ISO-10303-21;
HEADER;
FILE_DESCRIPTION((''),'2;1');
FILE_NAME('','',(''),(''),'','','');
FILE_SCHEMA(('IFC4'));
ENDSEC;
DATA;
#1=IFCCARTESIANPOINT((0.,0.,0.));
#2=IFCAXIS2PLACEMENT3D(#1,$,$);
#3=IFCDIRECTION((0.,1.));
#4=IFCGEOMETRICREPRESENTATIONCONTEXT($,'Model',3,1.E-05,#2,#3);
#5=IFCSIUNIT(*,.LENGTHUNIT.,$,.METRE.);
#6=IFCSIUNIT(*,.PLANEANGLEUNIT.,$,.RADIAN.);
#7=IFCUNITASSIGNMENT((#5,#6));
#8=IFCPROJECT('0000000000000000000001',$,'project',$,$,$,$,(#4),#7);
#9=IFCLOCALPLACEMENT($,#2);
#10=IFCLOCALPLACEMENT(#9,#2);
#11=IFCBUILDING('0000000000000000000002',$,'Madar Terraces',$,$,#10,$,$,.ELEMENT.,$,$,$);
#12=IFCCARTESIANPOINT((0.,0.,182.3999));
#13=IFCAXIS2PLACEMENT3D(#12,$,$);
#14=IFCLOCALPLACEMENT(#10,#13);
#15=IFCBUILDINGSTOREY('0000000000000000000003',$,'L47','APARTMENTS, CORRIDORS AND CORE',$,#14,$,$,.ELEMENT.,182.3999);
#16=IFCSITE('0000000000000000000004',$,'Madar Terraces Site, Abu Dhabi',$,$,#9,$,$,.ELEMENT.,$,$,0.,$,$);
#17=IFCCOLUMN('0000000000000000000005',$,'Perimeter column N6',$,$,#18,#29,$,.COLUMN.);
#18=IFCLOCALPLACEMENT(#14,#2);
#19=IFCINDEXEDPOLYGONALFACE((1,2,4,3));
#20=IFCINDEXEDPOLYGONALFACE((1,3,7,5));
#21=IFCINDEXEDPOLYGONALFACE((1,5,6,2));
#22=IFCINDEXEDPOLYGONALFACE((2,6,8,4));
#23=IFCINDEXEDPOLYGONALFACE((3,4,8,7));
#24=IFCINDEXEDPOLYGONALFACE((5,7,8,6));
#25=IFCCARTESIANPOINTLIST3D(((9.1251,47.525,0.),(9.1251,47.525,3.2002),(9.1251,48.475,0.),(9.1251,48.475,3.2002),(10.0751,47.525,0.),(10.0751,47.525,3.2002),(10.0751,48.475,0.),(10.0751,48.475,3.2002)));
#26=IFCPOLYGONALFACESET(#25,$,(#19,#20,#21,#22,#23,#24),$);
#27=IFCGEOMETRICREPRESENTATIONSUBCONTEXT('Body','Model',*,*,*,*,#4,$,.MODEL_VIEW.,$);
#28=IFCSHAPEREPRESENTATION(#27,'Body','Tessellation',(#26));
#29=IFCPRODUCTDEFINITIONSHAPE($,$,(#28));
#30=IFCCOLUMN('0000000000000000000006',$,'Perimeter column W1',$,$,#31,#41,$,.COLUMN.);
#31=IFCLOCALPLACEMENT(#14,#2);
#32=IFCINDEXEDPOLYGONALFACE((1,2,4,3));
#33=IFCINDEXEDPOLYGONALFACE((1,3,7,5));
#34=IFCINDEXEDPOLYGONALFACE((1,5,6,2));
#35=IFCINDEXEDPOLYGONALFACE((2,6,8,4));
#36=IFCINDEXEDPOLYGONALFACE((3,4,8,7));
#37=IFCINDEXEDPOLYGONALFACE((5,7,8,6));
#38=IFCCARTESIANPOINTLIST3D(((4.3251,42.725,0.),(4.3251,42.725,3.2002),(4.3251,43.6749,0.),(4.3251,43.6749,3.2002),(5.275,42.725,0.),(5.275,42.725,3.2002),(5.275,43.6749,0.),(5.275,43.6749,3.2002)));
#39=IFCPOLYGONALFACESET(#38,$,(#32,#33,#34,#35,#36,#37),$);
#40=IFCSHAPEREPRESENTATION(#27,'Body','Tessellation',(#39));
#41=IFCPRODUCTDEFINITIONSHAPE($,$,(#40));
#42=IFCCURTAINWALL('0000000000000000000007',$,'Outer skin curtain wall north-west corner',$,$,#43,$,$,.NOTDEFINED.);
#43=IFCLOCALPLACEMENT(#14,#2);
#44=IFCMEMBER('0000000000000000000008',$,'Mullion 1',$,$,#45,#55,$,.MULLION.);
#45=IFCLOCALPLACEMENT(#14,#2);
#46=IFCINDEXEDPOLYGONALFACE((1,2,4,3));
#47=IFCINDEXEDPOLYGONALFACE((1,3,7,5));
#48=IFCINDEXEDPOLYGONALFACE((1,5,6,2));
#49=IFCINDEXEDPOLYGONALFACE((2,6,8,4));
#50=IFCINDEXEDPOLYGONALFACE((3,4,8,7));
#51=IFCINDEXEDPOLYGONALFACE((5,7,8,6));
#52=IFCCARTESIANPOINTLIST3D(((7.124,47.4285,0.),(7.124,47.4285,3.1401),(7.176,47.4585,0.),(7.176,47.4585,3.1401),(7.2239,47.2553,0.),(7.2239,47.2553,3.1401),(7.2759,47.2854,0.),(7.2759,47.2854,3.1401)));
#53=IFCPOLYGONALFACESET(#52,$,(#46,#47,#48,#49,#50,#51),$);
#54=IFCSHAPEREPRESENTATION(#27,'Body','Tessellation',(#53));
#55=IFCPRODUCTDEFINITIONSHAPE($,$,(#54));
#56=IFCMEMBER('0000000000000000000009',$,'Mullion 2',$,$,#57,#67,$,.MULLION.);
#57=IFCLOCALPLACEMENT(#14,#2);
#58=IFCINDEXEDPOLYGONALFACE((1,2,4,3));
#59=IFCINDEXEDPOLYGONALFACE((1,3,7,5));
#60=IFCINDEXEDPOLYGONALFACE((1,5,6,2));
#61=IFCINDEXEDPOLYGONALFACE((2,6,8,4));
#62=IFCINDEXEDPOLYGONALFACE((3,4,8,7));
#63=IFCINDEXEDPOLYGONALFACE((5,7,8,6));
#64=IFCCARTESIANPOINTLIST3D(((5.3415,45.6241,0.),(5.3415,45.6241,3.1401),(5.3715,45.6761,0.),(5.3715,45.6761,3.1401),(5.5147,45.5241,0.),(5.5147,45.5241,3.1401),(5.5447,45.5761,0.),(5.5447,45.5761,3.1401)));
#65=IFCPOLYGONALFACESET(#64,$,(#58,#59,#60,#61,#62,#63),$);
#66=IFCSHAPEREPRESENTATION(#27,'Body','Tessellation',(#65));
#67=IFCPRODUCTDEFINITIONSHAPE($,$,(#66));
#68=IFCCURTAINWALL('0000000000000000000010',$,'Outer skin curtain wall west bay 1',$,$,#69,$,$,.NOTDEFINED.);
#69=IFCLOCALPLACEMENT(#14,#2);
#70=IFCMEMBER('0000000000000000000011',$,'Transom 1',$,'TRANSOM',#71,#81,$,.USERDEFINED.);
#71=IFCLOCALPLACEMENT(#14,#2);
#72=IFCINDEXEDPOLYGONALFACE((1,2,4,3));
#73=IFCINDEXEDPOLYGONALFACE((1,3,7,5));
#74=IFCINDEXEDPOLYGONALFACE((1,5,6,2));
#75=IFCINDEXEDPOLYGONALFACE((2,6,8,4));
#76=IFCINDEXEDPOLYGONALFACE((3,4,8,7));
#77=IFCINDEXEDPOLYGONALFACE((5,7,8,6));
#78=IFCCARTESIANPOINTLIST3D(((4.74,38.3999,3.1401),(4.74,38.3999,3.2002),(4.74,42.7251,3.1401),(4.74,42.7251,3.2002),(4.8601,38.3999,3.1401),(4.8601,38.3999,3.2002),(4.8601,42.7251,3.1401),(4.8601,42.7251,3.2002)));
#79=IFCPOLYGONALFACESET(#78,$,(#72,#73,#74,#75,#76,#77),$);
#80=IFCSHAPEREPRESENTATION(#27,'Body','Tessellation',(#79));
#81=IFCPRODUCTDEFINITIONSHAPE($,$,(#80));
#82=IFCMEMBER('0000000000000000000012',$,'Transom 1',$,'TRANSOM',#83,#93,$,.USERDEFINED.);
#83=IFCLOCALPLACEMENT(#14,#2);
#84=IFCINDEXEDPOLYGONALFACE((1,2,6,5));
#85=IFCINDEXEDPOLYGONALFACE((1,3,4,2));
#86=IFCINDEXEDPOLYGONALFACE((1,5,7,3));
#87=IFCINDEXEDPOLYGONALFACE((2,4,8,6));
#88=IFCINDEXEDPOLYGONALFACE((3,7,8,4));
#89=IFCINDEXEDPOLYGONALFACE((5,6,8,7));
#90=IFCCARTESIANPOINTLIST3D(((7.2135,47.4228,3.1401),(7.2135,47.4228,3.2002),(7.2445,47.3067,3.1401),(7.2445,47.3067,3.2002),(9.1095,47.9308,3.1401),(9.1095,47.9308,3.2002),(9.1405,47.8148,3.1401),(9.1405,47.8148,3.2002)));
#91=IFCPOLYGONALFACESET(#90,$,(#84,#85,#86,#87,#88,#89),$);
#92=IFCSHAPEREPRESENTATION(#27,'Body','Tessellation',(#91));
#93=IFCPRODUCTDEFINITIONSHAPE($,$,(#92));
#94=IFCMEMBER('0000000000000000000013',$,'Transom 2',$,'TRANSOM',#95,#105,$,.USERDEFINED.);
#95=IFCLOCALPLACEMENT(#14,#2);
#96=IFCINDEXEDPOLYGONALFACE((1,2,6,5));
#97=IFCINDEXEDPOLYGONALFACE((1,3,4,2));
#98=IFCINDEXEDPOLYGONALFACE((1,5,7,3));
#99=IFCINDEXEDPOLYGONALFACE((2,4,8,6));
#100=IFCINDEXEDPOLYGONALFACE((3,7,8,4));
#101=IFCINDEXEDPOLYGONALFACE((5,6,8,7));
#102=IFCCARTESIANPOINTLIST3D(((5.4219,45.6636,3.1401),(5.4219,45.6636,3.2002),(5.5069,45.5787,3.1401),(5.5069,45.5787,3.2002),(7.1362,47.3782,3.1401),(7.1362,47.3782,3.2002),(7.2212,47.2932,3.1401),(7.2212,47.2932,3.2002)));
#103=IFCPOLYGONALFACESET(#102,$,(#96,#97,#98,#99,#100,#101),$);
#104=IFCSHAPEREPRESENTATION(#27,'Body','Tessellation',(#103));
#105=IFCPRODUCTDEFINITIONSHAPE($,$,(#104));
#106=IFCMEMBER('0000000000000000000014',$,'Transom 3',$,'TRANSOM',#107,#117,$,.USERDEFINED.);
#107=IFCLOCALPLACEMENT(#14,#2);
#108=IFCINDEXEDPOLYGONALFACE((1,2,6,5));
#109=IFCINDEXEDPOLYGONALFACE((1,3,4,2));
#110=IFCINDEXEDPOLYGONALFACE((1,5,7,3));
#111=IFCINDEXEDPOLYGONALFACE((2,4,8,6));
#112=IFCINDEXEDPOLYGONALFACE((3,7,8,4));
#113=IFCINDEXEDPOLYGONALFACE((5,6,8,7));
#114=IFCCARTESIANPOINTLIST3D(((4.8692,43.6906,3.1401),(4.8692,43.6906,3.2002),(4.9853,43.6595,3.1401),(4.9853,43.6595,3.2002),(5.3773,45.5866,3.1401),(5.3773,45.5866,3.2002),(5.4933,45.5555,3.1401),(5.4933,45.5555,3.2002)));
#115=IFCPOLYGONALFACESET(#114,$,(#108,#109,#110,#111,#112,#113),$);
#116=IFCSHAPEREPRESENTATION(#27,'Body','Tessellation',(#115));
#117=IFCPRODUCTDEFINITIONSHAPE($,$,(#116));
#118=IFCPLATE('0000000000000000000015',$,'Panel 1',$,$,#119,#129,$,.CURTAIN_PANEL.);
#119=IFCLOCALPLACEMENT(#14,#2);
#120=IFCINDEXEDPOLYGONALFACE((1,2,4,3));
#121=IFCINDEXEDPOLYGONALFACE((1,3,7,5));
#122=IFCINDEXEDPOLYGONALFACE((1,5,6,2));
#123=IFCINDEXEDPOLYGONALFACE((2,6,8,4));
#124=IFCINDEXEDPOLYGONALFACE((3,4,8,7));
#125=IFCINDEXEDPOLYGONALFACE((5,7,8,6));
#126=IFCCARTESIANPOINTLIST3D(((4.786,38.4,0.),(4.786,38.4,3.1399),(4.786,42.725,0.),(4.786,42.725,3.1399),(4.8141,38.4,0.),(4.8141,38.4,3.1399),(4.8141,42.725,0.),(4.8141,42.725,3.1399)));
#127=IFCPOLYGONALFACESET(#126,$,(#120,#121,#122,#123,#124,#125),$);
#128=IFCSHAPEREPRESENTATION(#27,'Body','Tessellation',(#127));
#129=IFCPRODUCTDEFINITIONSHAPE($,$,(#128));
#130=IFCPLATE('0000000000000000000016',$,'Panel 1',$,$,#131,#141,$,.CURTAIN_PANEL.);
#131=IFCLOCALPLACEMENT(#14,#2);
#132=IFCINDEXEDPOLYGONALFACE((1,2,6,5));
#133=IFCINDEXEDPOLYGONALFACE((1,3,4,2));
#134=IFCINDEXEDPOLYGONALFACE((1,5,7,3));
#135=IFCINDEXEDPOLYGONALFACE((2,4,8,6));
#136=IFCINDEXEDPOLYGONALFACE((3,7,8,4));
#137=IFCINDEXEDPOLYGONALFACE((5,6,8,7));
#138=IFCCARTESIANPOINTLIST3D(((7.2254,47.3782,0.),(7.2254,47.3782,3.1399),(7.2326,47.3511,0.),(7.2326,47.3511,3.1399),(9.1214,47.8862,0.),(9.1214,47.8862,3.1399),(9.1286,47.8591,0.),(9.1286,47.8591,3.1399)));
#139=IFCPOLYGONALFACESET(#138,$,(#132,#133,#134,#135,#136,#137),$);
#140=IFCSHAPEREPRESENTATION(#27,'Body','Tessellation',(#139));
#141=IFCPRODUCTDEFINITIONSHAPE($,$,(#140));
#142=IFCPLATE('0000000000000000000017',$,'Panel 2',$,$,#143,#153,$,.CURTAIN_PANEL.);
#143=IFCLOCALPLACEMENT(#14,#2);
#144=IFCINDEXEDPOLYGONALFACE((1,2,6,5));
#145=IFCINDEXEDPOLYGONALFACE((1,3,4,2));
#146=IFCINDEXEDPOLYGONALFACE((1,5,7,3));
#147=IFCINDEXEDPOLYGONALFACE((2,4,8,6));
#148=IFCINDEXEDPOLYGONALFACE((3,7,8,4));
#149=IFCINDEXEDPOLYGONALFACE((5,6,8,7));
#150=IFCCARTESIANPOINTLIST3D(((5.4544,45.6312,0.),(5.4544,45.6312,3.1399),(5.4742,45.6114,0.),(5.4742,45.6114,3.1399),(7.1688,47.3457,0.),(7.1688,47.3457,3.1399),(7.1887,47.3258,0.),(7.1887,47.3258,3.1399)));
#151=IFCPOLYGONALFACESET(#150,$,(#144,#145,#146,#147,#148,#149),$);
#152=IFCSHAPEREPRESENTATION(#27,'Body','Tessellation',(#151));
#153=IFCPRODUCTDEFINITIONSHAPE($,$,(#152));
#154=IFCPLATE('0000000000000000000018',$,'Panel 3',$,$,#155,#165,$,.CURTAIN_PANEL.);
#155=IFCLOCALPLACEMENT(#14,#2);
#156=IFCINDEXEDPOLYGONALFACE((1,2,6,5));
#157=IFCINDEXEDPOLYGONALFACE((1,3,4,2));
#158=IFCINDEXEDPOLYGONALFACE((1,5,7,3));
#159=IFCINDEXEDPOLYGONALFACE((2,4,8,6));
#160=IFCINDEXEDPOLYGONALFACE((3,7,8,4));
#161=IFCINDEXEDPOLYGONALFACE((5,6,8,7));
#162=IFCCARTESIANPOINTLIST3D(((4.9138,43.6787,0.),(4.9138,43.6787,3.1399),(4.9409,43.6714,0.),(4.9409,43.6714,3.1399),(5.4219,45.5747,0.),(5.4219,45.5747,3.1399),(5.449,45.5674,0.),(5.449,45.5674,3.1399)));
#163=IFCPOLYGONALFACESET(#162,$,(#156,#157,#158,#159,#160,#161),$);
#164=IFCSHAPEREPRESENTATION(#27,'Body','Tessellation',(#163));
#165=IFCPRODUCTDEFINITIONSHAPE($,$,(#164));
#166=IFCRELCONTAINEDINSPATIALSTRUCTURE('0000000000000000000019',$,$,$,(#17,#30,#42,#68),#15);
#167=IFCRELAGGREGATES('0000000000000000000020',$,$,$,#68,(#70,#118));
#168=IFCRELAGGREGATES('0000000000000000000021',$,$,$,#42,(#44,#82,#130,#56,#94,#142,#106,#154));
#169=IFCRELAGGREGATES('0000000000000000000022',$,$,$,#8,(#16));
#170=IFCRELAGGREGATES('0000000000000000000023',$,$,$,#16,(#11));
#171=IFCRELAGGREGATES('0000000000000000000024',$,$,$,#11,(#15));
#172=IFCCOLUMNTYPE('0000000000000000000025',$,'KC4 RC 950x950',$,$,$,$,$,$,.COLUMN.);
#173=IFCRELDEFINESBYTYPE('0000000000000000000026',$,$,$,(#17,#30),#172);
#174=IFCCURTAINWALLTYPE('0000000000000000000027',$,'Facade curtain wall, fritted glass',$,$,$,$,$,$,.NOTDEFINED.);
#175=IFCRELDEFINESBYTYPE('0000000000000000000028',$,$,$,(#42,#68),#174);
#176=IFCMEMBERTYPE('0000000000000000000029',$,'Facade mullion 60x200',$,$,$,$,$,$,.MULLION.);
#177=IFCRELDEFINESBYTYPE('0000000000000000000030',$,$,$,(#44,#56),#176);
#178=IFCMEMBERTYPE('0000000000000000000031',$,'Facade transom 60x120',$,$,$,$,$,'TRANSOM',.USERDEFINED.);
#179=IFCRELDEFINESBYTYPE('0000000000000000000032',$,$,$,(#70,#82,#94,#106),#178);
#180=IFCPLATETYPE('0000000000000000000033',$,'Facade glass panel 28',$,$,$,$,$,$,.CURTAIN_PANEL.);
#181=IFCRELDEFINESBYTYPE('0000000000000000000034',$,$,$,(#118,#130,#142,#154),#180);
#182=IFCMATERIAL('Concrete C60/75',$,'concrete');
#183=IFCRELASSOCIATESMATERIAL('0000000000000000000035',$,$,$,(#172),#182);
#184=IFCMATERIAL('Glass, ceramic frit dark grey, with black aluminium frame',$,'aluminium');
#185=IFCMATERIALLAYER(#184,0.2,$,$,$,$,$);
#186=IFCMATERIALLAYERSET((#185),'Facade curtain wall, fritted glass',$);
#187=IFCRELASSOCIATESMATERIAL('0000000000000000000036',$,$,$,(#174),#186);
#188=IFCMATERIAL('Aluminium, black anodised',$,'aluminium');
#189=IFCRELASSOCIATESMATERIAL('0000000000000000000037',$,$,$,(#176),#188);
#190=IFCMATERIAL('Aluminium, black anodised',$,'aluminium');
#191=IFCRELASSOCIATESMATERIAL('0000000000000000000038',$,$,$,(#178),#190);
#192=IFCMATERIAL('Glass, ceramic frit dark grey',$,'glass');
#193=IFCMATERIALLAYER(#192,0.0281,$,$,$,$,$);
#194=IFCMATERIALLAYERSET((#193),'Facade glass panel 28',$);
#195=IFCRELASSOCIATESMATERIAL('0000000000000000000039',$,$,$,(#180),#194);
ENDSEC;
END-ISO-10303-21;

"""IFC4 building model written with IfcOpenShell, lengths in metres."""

from ifc_helpers import new_model, si_unit, direction, frame, origin, origin_2d, place, context, subcontext, project, spatial, rectangle, extrude, material, layer, layer_set, material_profile, profile_set, type_object, element, aggregate, save


model = new_model("IFC4")

# Units and contexts
model_context = context("Model", 3, precision=1e-05, world=origin(), true_north=direction((0.0, 1.0)))
body_context = subcontext(model_context, "Body", "Model", "MODEL_VIEW")
ifc_project = project(units=[si_unit("LENGTHUNIT", "METRE"), si_unit("PLANEANGLEUNIT", "RADIAN")], contexts=[model_context])

# Site, building, storey
site_placement = place(None, origin())
site = spatial("IfcSite", under=ifc_project, at=site_placement, Name="Madar Terraces Site, Abu Dhabi", CompositionType="ELEMENT", RefElevation=0.0)
building_placement = place(site_placement, origin())
building = spatial("IfcBuilding", under=site, at=building_placement, Name="Madar Terraces", CompositionType="ELEMENT")
storey_placement = place(building_placement, frame((0.0, 0.0, 182.3999)))
storey = spatial("IfcBuildingStorey", under=building, at=storey_placement, Name="L47", Description="APARTMENTS, CORRIDORS AND CORE", CompositionType="ELEMENT", Elevation=182.3999)

# Columns
ifc_material_1 = material(Name="Concrete C60/75", Category="concrete")
ifc_material_profile_1 = material_profile(ifc_material_1, rectangle(XDim=0.95, YDim=0.95, at=origin_2d()), Name="KC4 RC 950x950")
ifc_profile_set_1 = profile_set([ifc_material_profile_1], Name="Concrete C60/75")
column_type = type_object("IfcColumnType", Name="KC4 RC 950x950", PredefinedType="COLUMN", material=ifc_profile_set_1)
for number, where, z_axis, x_axis, name in (
    (1, (9.6001, 48.0, 0.0), (0.0, 0.0, 1.0), (1.0, 0.0, 0.0), "Perimeter column N6"),
    (2, (4.8, 43.2, 0.0), (0.0, 0.0, 1.0), (1.0, 0.0, 0.0), "Perimeter column W1"),
):
    element("IfcColumn", number, at=place(storey_placement, frame(where, z_axis=z_axis, x_axis=x_axis)), inside=storey, type_object=column_type, Name=name, PredefinedType="COLUMN", context=body_context, shape_type="SweptSolid", body=[
        extrude(rectangle(XDim=0.95, YDim=0.95, at=origin_2d()), origin(), (0.0, 0.0, 1.0), 3.2002),
    ])

# Curtain wall, members
ifc_material_2 = material(Name="Glass, ceramic frit dark grey, with black aluminium frame", Category="aluminium")
ifc_layer_1 = layer(ifc_material_2, 0.2)
ifc_layer_set_1 = layer_set([ifc_layer_1], Name="Facade curtain wall, fritted glass")
curtain_wall_type = type_object("IfcCurtainWallType", Name="Facade curtain wall, fritted glass", PredefinedType="NOTDEFINED", material=ifc_layer_set_1)
curtain_wall_1_placement = place(storey_placement, origin())
curtain_wall_1 = element("IfcCurtainWall", 3, at=curtain_wall_1_placement, inside=storey, type_object=curtain_wall_type, Name="Outer skin curtain wall north-west corner", PredefinedType="NOTDEFINED")
ifc_material_3 = material(Name="Aluminium, black anodised", Category="aluminium")
ifc_material_profile_2 = material_profile(ifc_material_3, rectangle(XDim=0.2, YDim=0.0601, at=origin_2d()), Name="Facade mullion 60x200")
ifc_profile_set_2 = profile_set([ifc_material_profile_2], Name="Aluminium, black anodised")
member_type_1 = type_object("IfcMemberType", Name="Facade mullion 60x200", PredefinedType="MULLION", material=ifc_profile_set_2)
member_1_placement = place(storey_placement, frame((7.2, 47.3569, 0.0), z_axis=(0.0, 0.0, 1.0), x_axis=(0.5, -0.866025, 0.0)))
member_1 = element("IfcMember", 4, at=member_1_placement, type_object=member_type_1, Name="Mullion 1", PredefinedType="MULLION", context=body_context, shape_type="SweptSolid", body=[
    extrude(rectangle(XDim=0.2, YDim=0.0601, at=origin_2d()), origin(), (0.0, 0.0, 1.0), 3.1401),
])
member_2_placement = place(storey_placement, frame((5.4431, 45.6001, 0.0), z_axis=(0.0, 0.0, 1.0), x_axis=(0.866025, -0.5, 0.0)))
member_2 = element("IfcMember", 5, at=member_2_placement, type_object=member_type_1, Name="Mullion 2", PredefinedType="MULLION", context=body_context, shape_type="SweptSolid", body=[
    extrude(rectangle(XDim=0.2, YDim=0.0601, at=origin_2d()), origin(), (0.0, 0.0, 1.0), 3.1401),
])

# Curtain wall, member
curtain_wall_2_placement = place(storey_placement, origin())
curtain_wall_2 = element("IfcCurtainWall", 6, at=curtain_wall_2_placement, inside=storey, type_object=curtain_wall_type, Name="Outer skin curtain wall west bay 1", PredefinedType="NOTDEFINED")
ifc_material_4 = material(Name="Aluminium, black anodised", Category="aluminium")
ifc_material_profile_3 = material_profile(ifc_material_4, rectangle(XDim=0.1201, YDim=0.0601, at=origin_2d()), Name="Facade transom 60x120")
ifc_profile_set_3 = profile_set([ifc_material_profile_3], Name="Aluminium, black anodised")
member_type_2 = type_object("IfcMemberType", Name="Facade transom 60x120", ElementType="TRANSOM", PredefinedType="USERDEFINED", material=ifc_profile_set_3)
member_3_placement = place(storey_placement, frame((4.8, 42.7251, 3.1702), z_axis=(0.0, -1.0, 0.0), x_axis=(1.0, 0.0, 0.0)))
member_3 = element("IfcMember", 7, at=member_3_placement, type_object=member_type_2, Name="Transom 1", ObjectType="TRANSOM", PredefinedType="USERDEFINED", context=body_context, shape_type="SweptSolid", body=[
    extrude(rectangle(XDim=0.1201, YDim=0.0601, at=origin_2d()), origin(), (0.0, 0.0, 1.0), 4.3252),
])

# Members
member_4_placement = place(storey_placement, frame((9.125, 47.8728, 3.1702), z_axis=(-0.965923, -0.258831, 0.0), x_axis=(0.258831, -0.965923, 0.0)))
member_4 = element("IfcMember", 8, at=member_4_placement, type_object=member_type_2, Name="Transom 1", ObjectType="TRANSOM", PredefinedType="USERDEFINED", context=body_context, shape_type="SweptSolid", body=[
    extrude(rectangle(XDim=0.1201, YDim=0.0601, at=origin_2d()), origin(), (0.0, 0.0, 1.0), 1.9629),
])
member_5_placement = place(storey_placement, frame((7.1787, 47.3357, 3.1702), z_axis=(-0.707056, -0.707157, 0.0), x_axis=(0.707157, -0.707056, 0.0)))
member_5 = element("IfcMember", 9, at=member_5_placement, type_object=member_type_2, Name="Transom 2", ObjectType="TRANSOM", PredefinedType="USERDEFINED", context=body_context, shape_type="SweptSolid", body=[
    extrude(rectangle(XDim=0.1201, YDim=0.0601, at=origin_2d()), origin(), (0.0, 0.0, 1.0), 2.4246),
])
member_6_placement = place(storey_placement, frame((5.4353, 45.571, 3.1702), z_axis=(-0.258831, -0.965923, 0.0), x_axis=(0.965923, -0.258831, 0.0)))
member_6 = element("IfcMember", 10, at=member_6_placement, type_object=member_type_2, Name="Transom 3", ObjectType="TRANSOM", PredefinedType="USERDEFINED", context=body_context, shape_type="SweptSolid", body=[
    extrude(rectangle(XDim=0.1201, YDim=0.0601, at=origin_2d()), origin(), (0.0, 0.0, 1.0), 1.9629),
])

# Plates
ifc_material_5 = material(Name="Glass, ceramic frit dark grey", Category="glass")
ifc_layer_2 = layer(ifc_material_5, 0.0281)
ifc_layer_set_2 = layer_set([ifc_layer_2], Name="Facade glass panel 28")
plate_type = type_object("IfcPlateType", Name="Facade glass panel 28", PredefinedType="CURTAIN_PANEL", material=ifc_layer_set_2)
plate_1_placement = place(storey_placement, frame((4.8, 40.5625, 0.0), z_axis=(0.0, 0.0, 1.0), x_axis=(0.0, -1.0, 0.0)))
plate_1 = element("IfcPlate", 11, at=plate_1_placement, type_object=plate_type, Name="Panel 1", PredefinedType="CURTAIN_PANEL", context=body_context, shape_type="SweptSolid", body=[
    extrude(rectangle(XDim=4.325, YDim=0.0281, at=origin_2d()), origin(), (0.0, 0.0, 1.0), 3.1399),
])
aggregate(curtain_wall_2, [member_3, plate_1])
plate_2_placement = place(storey_placement, frame((8.177, 47.6187, 0.0), z_axis=(0.0, 0.0, 1.0), x_axis=(-0.965926, -0.258819, 0.0)))
plate_2 = element("IfcPlate", 12, at=plate_2_placement, type_object=plate_type, Name="Panel 1", PredefinedType="CURTAIN_PANEL", context=body_context, shape_type="SweptSolid", body=[
    extrude(rectangle(XDim=1.9629, YDim=0.0281, at=origin_2d()), origin(), (0.0, 0.0, 1.0), 3.1399),
])
plate_3_placement = place(storey_placement, frame((6.3215, 46.4785, 0.0), z_axis=(0.0, 0.0, 1.0), x_axis=(-0.707107, -0.707107, 0.0)))
plate_3 = element("IfcPlate", 13, at=plate_3_placement, type_object=plate_type, Name="Panel 2", PredefinedType="CURTAIN_PANEL", context=body_context, shape_type="SweptSolid", body=[
    extrude(rectangle(XDim=2.4246, YDim=0.0281, at=origin_2d()), origin(), (0.0, 0.0, 1.0), 3.1399),
])
plate_4_placement = place(storey_placement, frame((5.1814, 44.623, 0.0), z_axis=(0.0, 0.0, 1.0), x_axis=(-0.258819, -0.965926, 0.0)))
plate_4 = element("IfcPlate", 14, at=plate_4_placement, type_object=plate_type, Name="Panel 3", PredefinedType="CURTAIN_PANEL", context=body_context, shape_type="SweptSolid", body=[
    extrude(rectangle(XDim=1.9629, YDim=0.0281, at=origin_2d()), origin(), (0.0, 0.0, 1.0), 3.1399),
])
aggregate(curtain_wall_1, [member_1, member_4, plate_2, member_2, member_5, plate_3, member_6, plate_4])

save(model, "model.ifc")
